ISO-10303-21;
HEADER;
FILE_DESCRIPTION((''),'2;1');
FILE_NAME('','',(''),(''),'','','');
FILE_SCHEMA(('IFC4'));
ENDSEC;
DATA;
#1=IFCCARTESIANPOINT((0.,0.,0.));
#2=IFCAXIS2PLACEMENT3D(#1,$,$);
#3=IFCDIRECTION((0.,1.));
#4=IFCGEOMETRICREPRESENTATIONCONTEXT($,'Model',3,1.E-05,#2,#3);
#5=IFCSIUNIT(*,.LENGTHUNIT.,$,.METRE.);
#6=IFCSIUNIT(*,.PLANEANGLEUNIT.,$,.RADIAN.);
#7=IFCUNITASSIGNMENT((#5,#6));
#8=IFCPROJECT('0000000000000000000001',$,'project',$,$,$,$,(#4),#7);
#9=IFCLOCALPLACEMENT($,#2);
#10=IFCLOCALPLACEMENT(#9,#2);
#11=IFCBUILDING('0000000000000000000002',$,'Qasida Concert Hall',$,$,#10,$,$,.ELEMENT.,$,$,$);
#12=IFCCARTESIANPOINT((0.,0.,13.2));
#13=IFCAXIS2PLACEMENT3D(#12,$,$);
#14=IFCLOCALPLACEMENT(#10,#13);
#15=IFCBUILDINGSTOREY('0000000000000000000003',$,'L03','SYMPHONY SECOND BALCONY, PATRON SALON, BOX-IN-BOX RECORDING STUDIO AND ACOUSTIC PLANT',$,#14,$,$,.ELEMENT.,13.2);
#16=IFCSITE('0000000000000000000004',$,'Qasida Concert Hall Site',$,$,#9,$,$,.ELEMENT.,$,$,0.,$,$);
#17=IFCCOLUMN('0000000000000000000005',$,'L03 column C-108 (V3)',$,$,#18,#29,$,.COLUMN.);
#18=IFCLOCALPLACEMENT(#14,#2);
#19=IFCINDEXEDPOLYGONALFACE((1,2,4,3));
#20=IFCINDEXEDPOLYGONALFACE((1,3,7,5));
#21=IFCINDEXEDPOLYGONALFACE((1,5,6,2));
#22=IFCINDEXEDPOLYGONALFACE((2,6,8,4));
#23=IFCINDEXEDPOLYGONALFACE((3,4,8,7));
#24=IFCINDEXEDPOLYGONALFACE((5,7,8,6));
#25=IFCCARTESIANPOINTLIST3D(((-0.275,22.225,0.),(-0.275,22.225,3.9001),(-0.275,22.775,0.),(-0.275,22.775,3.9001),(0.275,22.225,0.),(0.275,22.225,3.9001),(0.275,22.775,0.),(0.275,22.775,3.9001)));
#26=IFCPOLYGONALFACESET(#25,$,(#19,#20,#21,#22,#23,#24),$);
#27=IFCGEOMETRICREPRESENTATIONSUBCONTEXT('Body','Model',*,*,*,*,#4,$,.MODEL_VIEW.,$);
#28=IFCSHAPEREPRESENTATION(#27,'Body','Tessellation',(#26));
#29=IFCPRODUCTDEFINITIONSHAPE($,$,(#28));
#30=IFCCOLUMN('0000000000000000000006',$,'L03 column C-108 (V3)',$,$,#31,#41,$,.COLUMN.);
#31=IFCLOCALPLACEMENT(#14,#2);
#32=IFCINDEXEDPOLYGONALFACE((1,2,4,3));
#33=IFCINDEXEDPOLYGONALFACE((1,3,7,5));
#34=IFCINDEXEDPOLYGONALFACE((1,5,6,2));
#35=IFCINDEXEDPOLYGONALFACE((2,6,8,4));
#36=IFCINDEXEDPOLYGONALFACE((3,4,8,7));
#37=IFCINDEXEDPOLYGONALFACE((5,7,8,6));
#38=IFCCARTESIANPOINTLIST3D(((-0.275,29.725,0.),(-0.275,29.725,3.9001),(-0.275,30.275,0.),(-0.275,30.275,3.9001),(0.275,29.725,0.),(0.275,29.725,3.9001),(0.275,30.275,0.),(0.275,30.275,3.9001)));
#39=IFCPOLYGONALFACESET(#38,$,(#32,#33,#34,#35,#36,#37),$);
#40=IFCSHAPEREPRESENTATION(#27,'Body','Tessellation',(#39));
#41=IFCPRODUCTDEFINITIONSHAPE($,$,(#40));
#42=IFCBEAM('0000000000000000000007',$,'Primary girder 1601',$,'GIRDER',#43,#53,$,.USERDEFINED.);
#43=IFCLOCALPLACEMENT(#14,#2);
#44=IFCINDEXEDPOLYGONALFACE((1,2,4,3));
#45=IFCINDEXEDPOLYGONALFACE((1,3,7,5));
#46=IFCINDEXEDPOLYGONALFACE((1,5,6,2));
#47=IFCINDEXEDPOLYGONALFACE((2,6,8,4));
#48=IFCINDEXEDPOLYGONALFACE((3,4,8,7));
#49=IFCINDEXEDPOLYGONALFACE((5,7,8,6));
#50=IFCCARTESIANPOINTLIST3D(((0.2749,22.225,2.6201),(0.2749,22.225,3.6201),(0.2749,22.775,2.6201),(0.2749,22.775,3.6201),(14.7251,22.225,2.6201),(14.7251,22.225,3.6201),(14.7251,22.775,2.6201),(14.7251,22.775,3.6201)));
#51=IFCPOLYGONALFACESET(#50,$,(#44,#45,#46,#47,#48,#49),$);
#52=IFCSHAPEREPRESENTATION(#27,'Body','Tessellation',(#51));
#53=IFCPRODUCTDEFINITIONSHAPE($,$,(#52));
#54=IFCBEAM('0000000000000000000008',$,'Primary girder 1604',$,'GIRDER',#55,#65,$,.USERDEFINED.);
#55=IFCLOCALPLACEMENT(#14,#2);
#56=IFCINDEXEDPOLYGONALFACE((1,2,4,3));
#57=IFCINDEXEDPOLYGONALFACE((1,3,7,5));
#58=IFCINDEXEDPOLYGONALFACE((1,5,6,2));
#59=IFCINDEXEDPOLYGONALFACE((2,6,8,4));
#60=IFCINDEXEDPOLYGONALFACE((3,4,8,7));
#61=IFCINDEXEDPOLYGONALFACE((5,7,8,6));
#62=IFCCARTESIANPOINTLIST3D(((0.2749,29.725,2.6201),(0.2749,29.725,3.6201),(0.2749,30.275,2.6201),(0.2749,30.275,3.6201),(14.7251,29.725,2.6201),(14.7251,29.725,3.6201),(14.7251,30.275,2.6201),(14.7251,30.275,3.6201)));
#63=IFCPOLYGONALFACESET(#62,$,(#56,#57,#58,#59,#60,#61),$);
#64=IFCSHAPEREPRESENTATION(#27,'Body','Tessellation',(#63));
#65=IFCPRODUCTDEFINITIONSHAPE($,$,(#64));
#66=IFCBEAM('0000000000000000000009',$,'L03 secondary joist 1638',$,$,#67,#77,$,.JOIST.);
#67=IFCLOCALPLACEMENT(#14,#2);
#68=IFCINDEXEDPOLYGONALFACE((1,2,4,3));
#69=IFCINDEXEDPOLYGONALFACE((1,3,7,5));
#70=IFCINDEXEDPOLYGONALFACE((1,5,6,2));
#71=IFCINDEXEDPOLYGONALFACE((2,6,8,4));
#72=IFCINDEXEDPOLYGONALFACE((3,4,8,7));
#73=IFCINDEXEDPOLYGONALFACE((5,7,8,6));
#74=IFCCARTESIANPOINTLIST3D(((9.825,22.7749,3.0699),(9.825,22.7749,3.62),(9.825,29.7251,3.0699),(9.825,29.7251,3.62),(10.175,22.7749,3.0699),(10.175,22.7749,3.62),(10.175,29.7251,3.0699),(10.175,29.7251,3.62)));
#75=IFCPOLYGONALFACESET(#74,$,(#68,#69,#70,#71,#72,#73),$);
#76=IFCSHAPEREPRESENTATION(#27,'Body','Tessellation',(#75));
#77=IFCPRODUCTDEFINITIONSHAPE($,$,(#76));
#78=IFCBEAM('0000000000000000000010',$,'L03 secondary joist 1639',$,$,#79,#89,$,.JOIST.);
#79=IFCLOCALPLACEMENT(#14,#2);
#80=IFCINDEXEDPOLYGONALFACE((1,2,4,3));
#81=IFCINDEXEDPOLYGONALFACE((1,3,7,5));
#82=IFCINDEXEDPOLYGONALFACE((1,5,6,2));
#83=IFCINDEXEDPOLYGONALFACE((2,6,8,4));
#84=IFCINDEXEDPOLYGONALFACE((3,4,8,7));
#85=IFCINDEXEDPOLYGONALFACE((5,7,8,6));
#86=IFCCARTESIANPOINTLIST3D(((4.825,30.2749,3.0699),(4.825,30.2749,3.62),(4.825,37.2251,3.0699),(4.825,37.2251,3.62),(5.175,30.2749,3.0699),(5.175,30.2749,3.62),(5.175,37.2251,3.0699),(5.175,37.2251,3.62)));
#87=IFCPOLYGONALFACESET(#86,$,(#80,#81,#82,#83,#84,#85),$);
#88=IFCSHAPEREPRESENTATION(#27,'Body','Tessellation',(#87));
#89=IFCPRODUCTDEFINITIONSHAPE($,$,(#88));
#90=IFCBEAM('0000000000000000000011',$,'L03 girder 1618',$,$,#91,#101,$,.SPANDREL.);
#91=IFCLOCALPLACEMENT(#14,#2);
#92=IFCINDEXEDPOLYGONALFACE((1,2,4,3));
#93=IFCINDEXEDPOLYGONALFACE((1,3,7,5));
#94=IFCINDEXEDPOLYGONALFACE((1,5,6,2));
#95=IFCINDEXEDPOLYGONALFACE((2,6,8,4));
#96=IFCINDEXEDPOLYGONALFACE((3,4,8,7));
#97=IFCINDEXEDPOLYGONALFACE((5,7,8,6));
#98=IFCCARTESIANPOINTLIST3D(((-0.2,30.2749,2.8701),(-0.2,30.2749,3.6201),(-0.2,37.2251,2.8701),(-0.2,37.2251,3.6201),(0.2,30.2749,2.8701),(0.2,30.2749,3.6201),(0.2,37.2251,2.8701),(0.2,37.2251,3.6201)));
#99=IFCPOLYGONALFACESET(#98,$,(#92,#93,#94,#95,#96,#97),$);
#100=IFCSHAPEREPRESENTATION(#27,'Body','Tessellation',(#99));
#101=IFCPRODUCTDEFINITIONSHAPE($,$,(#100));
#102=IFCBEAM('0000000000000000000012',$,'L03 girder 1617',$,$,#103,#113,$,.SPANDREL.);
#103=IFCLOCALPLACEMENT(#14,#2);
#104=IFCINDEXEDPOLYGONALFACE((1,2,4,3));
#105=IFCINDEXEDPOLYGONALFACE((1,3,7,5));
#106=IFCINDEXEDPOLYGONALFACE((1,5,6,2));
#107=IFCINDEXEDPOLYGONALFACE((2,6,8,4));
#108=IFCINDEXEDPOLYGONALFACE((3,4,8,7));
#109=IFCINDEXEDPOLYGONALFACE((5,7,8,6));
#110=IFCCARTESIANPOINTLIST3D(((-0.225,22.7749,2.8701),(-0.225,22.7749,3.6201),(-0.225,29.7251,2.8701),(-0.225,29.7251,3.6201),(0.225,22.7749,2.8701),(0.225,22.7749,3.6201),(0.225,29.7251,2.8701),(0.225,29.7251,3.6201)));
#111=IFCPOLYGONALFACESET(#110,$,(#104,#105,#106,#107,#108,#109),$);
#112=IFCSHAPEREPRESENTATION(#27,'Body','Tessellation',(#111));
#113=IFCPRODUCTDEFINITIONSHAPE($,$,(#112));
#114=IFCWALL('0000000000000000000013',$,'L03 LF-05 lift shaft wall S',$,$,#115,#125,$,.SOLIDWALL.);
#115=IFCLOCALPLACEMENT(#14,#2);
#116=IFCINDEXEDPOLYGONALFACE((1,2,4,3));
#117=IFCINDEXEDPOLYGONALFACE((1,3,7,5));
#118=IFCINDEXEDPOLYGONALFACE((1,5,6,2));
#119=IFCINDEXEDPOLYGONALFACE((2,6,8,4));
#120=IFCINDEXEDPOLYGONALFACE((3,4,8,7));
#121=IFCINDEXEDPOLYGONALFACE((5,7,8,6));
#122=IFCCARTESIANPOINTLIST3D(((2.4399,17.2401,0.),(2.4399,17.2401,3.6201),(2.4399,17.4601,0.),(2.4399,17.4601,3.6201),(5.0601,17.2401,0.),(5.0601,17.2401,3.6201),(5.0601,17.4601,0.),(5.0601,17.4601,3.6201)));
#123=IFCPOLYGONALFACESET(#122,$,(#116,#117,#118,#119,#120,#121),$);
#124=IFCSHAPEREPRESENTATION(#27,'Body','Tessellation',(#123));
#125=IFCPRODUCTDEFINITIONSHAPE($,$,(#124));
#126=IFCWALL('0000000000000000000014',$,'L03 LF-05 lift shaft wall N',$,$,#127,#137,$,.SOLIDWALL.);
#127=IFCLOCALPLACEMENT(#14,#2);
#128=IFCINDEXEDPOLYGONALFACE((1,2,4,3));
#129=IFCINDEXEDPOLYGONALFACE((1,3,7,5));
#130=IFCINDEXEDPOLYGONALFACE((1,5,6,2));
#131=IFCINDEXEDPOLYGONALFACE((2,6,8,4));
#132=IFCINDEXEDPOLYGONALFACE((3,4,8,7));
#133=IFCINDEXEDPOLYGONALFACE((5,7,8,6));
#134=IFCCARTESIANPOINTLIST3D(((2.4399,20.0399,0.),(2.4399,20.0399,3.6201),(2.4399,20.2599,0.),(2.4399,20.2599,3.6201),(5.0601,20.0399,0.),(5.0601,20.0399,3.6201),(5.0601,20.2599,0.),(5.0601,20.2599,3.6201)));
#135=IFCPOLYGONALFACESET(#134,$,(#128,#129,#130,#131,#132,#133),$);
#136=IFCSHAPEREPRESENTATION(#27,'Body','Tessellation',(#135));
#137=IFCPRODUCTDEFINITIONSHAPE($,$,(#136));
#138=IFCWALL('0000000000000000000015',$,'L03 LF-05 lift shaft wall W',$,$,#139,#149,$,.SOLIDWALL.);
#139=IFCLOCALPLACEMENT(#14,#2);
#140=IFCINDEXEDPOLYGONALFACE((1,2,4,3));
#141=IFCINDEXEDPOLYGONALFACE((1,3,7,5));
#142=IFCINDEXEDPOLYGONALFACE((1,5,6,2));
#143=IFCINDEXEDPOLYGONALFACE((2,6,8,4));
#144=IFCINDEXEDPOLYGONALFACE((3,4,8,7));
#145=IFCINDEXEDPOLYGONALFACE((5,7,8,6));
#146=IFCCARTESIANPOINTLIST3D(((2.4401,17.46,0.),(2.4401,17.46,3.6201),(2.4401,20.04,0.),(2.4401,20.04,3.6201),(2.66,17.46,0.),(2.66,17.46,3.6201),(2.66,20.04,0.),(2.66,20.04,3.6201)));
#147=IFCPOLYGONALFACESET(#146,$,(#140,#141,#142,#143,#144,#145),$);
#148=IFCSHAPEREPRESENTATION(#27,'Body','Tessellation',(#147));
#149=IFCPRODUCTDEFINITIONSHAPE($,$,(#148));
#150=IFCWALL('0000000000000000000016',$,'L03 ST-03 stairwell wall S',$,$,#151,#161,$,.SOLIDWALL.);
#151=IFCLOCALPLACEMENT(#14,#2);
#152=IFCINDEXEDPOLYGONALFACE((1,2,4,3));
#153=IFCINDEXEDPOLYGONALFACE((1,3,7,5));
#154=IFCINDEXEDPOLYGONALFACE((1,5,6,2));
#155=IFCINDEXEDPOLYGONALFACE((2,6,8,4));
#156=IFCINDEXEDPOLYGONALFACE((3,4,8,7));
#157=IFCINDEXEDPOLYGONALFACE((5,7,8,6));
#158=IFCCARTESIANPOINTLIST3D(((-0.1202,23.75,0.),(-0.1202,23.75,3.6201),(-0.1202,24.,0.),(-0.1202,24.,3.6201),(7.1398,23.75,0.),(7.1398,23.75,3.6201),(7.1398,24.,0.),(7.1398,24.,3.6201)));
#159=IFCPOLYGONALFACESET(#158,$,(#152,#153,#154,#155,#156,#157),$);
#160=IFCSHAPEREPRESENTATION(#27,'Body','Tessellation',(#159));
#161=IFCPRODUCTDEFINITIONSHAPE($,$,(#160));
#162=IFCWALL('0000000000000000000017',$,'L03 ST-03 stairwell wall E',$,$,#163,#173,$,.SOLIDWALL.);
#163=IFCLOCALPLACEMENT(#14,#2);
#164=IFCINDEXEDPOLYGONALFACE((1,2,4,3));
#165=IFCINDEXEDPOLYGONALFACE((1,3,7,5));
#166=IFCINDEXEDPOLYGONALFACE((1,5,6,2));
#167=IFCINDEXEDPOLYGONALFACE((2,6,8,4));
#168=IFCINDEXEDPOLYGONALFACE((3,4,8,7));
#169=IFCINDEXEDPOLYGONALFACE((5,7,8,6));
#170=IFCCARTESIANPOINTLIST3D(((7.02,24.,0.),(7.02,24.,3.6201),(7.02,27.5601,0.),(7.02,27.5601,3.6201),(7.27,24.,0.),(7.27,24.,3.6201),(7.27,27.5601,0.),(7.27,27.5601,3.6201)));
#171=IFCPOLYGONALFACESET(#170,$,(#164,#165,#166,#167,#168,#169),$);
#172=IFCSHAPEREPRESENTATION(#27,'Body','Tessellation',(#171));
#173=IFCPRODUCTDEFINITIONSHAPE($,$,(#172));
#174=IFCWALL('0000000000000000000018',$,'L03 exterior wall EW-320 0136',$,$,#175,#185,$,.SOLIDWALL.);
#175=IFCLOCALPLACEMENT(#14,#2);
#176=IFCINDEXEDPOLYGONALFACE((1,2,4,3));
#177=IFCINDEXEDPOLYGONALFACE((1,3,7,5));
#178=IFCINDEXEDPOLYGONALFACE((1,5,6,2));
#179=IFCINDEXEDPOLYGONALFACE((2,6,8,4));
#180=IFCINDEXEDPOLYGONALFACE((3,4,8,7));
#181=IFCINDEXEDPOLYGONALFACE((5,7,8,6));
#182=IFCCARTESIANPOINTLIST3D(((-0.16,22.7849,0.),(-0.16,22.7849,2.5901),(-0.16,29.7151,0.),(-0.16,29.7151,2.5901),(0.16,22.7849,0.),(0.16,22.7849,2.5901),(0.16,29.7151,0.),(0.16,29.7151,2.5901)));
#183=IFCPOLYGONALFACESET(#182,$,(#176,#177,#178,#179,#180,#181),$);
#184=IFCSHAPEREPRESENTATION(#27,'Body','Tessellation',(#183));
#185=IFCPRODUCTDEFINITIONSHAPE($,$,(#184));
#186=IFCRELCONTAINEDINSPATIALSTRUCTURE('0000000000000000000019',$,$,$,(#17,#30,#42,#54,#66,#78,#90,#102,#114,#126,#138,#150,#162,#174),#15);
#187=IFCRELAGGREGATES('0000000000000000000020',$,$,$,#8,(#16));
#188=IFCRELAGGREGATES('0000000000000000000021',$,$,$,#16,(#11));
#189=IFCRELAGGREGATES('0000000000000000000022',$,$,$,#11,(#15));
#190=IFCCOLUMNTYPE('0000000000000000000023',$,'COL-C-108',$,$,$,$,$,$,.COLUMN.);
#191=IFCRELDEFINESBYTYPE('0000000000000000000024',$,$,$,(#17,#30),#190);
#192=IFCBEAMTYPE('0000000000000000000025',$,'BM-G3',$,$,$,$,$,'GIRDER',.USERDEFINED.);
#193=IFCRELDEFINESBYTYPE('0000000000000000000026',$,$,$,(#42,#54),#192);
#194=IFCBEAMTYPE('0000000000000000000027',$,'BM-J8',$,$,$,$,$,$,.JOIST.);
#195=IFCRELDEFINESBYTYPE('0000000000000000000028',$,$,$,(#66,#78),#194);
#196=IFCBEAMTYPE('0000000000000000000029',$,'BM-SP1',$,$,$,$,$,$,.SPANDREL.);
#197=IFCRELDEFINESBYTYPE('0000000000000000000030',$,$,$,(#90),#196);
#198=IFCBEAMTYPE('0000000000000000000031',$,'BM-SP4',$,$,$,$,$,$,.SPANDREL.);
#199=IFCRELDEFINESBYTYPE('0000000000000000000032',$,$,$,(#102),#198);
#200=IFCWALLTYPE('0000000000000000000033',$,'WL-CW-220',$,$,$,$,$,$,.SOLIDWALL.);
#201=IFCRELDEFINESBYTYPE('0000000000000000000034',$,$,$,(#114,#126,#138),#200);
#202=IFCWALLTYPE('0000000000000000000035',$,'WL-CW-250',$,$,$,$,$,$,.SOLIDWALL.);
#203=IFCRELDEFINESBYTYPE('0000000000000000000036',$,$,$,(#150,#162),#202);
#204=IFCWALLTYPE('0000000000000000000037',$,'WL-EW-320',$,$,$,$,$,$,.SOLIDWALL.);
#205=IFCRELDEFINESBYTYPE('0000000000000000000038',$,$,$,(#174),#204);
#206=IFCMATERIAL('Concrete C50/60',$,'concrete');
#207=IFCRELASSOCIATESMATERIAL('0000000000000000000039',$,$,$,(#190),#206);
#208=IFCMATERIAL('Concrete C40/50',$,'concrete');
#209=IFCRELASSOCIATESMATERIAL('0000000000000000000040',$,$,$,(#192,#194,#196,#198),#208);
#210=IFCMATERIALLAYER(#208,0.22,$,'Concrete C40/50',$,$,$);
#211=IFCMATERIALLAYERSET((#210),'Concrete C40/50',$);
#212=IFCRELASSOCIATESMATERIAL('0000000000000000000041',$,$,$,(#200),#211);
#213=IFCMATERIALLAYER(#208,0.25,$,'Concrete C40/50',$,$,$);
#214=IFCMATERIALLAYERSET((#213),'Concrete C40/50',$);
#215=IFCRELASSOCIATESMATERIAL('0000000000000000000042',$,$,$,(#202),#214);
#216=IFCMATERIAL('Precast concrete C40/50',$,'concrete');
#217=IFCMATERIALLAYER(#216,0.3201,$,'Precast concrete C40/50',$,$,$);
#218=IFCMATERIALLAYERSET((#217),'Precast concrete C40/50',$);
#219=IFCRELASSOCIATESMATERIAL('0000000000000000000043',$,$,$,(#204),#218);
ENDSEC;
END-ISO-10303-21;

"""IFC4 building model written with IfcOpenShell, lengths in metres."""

from ifc_helpers import new_model, si_unit, direction, frame, frame_2d, origin, origin_2d, place, context, subcontext, project, spatial, rectangle, extrude, material, layer, layer_set, material_profile, profile_set, type_object, element, save


model = new_model("IFC4")

# Units and contexts
model_context = context("Model", 3, precision=1e-05, world=origin(), true_north=direction((0.0, 1.0)))
body_context = subcontext(model_context, "Body", "Model", "MODEL_VIEW")
ifc_project = project(units=[si_unit("LENGTHUNIT", "METRE"), si_unit("PLANEANGLEUNIT", "RADIAN")], contexts=[model_context])

# Site, building, storey
site_placement = place(None, origin())
site = spatial("IfcSite", under=ifc_project, at=site_placement, Name="Qasida Concert Hall Site", CompositionType="ELEMENT", RefElevation=0.0)
building_placement = place(site_placement, origin())
building = spatial("IfcBuilding", under=site, at=building_placement, Name="Qasida Concert Hall", CompositionType="ELEMENT")
storey_placement = place(building_placement, frame((0.0, 0.0, 13.2)))
storey = spatial("IfcBuildingStorey", under=building, at=storey_placement, Name="L03", Description="SYMPHONY SECOND BALCONY, PATRON SALON, BOX-IN-BOX RECORDING STUDIO AND ACOUSTIC PLANT", CompositionType="ELEMENT", Elevation=13.2)

# Columns
ifc_material_1 = material(Name="Concrete C50/60", Category="concrete")
ifc_material_profile_1 = material_profile(ifc_material_1, rectangle(XDim=0.55, YDim=0.55, at=origin_2d()), Name="RC 550x550")
ifc_profile_set_1 = profile_set([ifc_material_profile_1], Name="Concrete C50/60")
column_type = type_object("IfcColumnType", Name="COL-C-108", PredefinedType="COLUMN", material=ifc_profile_set_1)
for number, where, z_axis, x_axis, name in (
    (1, (0.0, 22.5, 0.0), (0.0, 0.0, 1.0), (1.0, 0.0, 0.0), "L03 column C-108 (V3)"),
    (2, (0.0, 30.0, 0.0), (0.0, 0.0, 1.0), (1.0, 0.0, 0.0), "L03 column C-108 (V3)"),
):
    element("IfcColumn", number, at=place(storey_placement, frame(where, z_axis=z_axis, x_axis=x_axis)), inside=storey, type_object=column_type, Name=name, PredefinedType="COLUMN", context=body_context, shape_type="SweptSolid", body=[
        extrude(rectangle(XDim=0.55, YDim=0.55, at=origin_2d()), origin(), (0.0, 0.0, 1.0), 3.9001),
    ])

# Beams
ifc_material_2 = material(Name="Concrete C40/50", Category="concrete")
ifc_material_profile_2 = material_profile(ifc_material_2, rectangle(XDim=0.55, YDim=1.0, at=origin_2d()), Name="RC 550x1000")
ifc_profile_set_2 = profile_set([ifc_material_profile_2], Name="Concrete C40/50")
beam_type_1 = type_object("IfcBeamType", Name="BM-G3", ElementType="GIRDER", PredefinedType="USERDEFINED", material=ifc_profile_set_2)
for number, where, z_axis, x_axis, name in (
    (3, (0.2749, 22.5, 3.1201), (1.0, 0.0, 0.0), (0.0, 1.0, 0.0), "Primary girder 1601"),
    (4, (0.2749, 30.0, 3.1201), (1.0, 0.0, 0.0), (0.0, 1.0, 0.0), "Primary girder 1604"),
):
    element("IfcBeam", number, at=place(storey_placement, frame(where, z_axis=z_axis, x_axis=x_axis)), inside=storey, type_object=beam_type_1, Name=name, ObjectType="GIRDER", PredefinedType="USERDEFINED", context=body_context, shape_type="SweptSolid", body=[
        extrude(rectangle(XDim=0.55, YDim=1.0, at=origin_2d()), origin(), (0.0, 0.0, 1.0), 14.4502),
    ])
ifc_material_profile_3 = material_profile(ifc_material_2, rectangle(XDim=0.3501, YDim=0.55, at=origin_2d()), Name="RC 350x550")
ifc_profile_set_3 = profile_set([ifc_material_profile_3], Name="Concrete C40/50")
beam_type_2 = type_object("IfcBeamType", Name="BM-J8", PredefinedType="JOIST", material=ifc_profile_set_3)
for number, where, z_axis, x_axis, name in (
    (5, (10.0, 22.7749, 3.345), (0.0, 1.0, 0.0), (-1.0, 0.0, 0.0), "L03 secondary joist 1638"),
    (6, (5.0, 30.2749, 3.345), (0.0, 1.0, 0.0), (-1.0, 0.0, 0.0), "L03 secondary joist 1639"),
):
    element("IfcBeam", number, at=place(storey_placement, frame(where, z_axis=z_axis, x_axis=x_axis)), inside=storey, type_object=beam_type_2, Name=name, PredefinedType="JOIST", context=body_context, shape_type="SweptSolid", body=[
        extrude(rectangle(XDim=0.3501, YDim=0.55, at=origin_2d()), origin(), (0.0, 0.0, 1.0), 6.9502),
    ])
ifc_material_profile_4 = material_profile(ifc_material_2, rectangle(XDim=0.3999, YDim=0.75, at=origin_2d()), Name="RC 400x750")
ifc_profile_set_4 = profile_set([ifc_material_profile_4], Name="Concrete C40/50")
beam_type_3 = type_object("IfcBeamType", Name="BM-SP1", PredefinedType="SPANDREL", material=ifc_profile_set_4)
beam_1_placement = place(storey_placement, frame((0.0, 30.2749, 3.2451), z_axis=(0.0, 1.0, 0.0), x_axis=(-1.0, 0.0, 0.0)))
element("IfcBeam", 7, at=beam_1_placement, inside=storey, type_object=beam_type_3, Name="L03 girder 1618", PredefinedType="SPANDREL", context=body_context, shape_type="SweptSolid", body=[
    extrude(rectangle(XDim=0.3999, YDim=0.75, at=origin_2d()), origin(), (0.0, 0.0, 1.0), 6.9502),
])
ifc_material_profile_5 = material_profile(ifc_material_2, rectangle(XDim=0.45, YDim=0.75, at=origin_2d()), Name="RC 450x750")
ifc_profile_set_5 = profile_set([ifc_material_profile_5], Name="Concrete C40/50")
beam_type_4 = type_object("IfcBeamType", Name="BM-SP4", PredefinedType="SPANDREL", material=ifc_profile_set_5)
beam_2_placement = place(storey_placement, frame((0.0, 22.7749, 3.2451), z_axis=(0.0, 1.0, 0.0), x_axis=(-1.0, 0.0, 0.0)))
element("IfcBeam", 8, at=beam_2_placement, inside=storey, type_object=beam_type_4, Name="L03 girder 1617", PredefinedType="SPANDREL", context=body_context, shape_type="SweptSolid", body=[
    extrude(rectangle(XDim=0.45, YDim=0.75, at=origin_2d()), origin(), (0.0, 0.0, 1.0), 6.9502),
])

# Walls
ifc_layer_1 = layer(ifc_material_2, 0.22, Name="Concrete C40/50")
ifc_layer_set_1 = layer_set([ifc_layer_1], Name="Concrete C40/50")
wall_type_1 = type_object("IfcWallType", Name="WL-CW-220", PredefinedType="SOLIDWALL", material=ifc_layer_set_1)
for number, where, z_axis, x_axis, name in (
    (9, (2.4399, 17.3501, 0.0), (0.0, 0.0, 1.0), (1.0, 0.0, 0.0), "L03 LF-05 lift shaft wall S"),
    (10, (2.4399, 20.1499, 0.0), (0.0, 0.0, 1.0), (1.0, 0.0, 0.0), "L03 LF-05 lift shaft wall N"),
):
    element("IfcWall", number, at=place(storey_placement, frame(where, z_axis=z_axis, x_axis=x_axis)), inside=storey, type_object=wall_type_1, Name=name, PredefinedType="SOLIDWALL", context=body_context, shape_type="SweptSolid", body=[
        extrude(rectangle(XDim=2.6201, YDim=0.22, at=frame_2d((1.3101, 0.0))), origin(), (0.0, 0.0, 1.0), 3.6201),
    ])
wall_1_placement = place(storey_placement, frame((2.55, 17.46, 0.0), z_axis=(0.0, 0.0, 1.0), x_axis=(0.0, 1.0, 0.0)))
element("IfcWall", 11, at=wall_1_placement, inside=storey, type_object=wall_type_1, Name="L03 LF-05 lift shaft wall W", PredefinedType="SOLIDWALL", context=body_context, shape_type="SweptSolid", body=[
    extrude(rectangle(XDim=2.5801, YDim=0.22, at=frame_2d((1.29, 0.0))), origin(), (0.0, 0.0, 1.0), 3.6201),
])

# Wall
ifc_layer_2 = layer(ifc_material_2, 0.25, Name="Concrete C40/50")
ifc_layer_set_2 = layer_set([ifc_layer_2], Name="Concrete C40/50")
wall_type_2 = type_object("IfcWallType", Name="WL-CW-250", PredefinedType="SOLIDWALL", material=ifc_layer_set_2)
wall_2_placement = place(storey_placement, frame((-0.1201, 23.875, 0.0), z_axis=(0.0, 0.0, 1.0), x_axis=(1.0, 0.0, 0.0)))
element("IfcWall", 12, at=wall_2_placement, inside=storey, type_object=wall_type_2, Name="L03 ST-03 stairwell wall S", PredefinedType="SOLIDWALL", context=body_context, shape_type="SweptSolid", body=[
    extrude(rectangle(XDim=7.26, YDim=0.25, at=frame_2d((3.6299, 0.0))), origin(), (0.0, 0.0, 1.0), 3.6201),
])

# Walls
wall_3_placement = place(storey_placement, frame((7.145, 24.0, 0.0), z_axis=(0.0, 0.0, 1.0), x_axis=(0.0, 1.0, 0.0)))
element("IfcWall", 13, at=wall_3_placement, inside=storey, type_object=wall_type_2, Name="L03 ST-03 stairwell wall E", PredefinedType="SOLIDWALL", context=body_context, shape_type="SweptSolid", body=[
    extrude(rectangle(XDim=3.5601, YDim=0.25, at=frame_2d((1.78, 0.0))), origin(), (0.0, 0.0, 1.0), 3.6201),
])
ifc_material_3 = material(Name="Precast concrete C40/50", Category="concrete")
ifc_layer_3 = layer(ifc_material_3, 0.3201, Name="Precast concrete C40/50")
ifc_layer_set_3 = layer_set([ifc_layer_3], Name="Precast concrete C40/50")
wall_type_3 = type_object("IfcWallType", Name="WL-EW-320", PredefinedType="SOLIDWALL", material=ifc_layer_set_3)
for number, where, z_axis, x_axis, name in (
    (14, (0.0, 22.7849, 0.0), (0.0, 0.0, 1.0), (0.0, 1.0, 0.0), "L03 exterior wall EW-320 0136"),
):
    element("IfcWall", number, at=place(storey_placement, frame(where, z_axis=z_axis, x_axis=x_axis)), inside=storey, type_object=wall_type_3, Name=name, PredefinedType="SOLIDWALL", context=body_context, shape_type="SweptSolid", body=[
        extrude(rectangle(XDim=6.9302, YDim=0.3201, at=frame_2d((3.4651, 0.0))), origin(), (0.0, 0.0, 1.0), 2.5901),
    ])

save(model, "model.ifc")
